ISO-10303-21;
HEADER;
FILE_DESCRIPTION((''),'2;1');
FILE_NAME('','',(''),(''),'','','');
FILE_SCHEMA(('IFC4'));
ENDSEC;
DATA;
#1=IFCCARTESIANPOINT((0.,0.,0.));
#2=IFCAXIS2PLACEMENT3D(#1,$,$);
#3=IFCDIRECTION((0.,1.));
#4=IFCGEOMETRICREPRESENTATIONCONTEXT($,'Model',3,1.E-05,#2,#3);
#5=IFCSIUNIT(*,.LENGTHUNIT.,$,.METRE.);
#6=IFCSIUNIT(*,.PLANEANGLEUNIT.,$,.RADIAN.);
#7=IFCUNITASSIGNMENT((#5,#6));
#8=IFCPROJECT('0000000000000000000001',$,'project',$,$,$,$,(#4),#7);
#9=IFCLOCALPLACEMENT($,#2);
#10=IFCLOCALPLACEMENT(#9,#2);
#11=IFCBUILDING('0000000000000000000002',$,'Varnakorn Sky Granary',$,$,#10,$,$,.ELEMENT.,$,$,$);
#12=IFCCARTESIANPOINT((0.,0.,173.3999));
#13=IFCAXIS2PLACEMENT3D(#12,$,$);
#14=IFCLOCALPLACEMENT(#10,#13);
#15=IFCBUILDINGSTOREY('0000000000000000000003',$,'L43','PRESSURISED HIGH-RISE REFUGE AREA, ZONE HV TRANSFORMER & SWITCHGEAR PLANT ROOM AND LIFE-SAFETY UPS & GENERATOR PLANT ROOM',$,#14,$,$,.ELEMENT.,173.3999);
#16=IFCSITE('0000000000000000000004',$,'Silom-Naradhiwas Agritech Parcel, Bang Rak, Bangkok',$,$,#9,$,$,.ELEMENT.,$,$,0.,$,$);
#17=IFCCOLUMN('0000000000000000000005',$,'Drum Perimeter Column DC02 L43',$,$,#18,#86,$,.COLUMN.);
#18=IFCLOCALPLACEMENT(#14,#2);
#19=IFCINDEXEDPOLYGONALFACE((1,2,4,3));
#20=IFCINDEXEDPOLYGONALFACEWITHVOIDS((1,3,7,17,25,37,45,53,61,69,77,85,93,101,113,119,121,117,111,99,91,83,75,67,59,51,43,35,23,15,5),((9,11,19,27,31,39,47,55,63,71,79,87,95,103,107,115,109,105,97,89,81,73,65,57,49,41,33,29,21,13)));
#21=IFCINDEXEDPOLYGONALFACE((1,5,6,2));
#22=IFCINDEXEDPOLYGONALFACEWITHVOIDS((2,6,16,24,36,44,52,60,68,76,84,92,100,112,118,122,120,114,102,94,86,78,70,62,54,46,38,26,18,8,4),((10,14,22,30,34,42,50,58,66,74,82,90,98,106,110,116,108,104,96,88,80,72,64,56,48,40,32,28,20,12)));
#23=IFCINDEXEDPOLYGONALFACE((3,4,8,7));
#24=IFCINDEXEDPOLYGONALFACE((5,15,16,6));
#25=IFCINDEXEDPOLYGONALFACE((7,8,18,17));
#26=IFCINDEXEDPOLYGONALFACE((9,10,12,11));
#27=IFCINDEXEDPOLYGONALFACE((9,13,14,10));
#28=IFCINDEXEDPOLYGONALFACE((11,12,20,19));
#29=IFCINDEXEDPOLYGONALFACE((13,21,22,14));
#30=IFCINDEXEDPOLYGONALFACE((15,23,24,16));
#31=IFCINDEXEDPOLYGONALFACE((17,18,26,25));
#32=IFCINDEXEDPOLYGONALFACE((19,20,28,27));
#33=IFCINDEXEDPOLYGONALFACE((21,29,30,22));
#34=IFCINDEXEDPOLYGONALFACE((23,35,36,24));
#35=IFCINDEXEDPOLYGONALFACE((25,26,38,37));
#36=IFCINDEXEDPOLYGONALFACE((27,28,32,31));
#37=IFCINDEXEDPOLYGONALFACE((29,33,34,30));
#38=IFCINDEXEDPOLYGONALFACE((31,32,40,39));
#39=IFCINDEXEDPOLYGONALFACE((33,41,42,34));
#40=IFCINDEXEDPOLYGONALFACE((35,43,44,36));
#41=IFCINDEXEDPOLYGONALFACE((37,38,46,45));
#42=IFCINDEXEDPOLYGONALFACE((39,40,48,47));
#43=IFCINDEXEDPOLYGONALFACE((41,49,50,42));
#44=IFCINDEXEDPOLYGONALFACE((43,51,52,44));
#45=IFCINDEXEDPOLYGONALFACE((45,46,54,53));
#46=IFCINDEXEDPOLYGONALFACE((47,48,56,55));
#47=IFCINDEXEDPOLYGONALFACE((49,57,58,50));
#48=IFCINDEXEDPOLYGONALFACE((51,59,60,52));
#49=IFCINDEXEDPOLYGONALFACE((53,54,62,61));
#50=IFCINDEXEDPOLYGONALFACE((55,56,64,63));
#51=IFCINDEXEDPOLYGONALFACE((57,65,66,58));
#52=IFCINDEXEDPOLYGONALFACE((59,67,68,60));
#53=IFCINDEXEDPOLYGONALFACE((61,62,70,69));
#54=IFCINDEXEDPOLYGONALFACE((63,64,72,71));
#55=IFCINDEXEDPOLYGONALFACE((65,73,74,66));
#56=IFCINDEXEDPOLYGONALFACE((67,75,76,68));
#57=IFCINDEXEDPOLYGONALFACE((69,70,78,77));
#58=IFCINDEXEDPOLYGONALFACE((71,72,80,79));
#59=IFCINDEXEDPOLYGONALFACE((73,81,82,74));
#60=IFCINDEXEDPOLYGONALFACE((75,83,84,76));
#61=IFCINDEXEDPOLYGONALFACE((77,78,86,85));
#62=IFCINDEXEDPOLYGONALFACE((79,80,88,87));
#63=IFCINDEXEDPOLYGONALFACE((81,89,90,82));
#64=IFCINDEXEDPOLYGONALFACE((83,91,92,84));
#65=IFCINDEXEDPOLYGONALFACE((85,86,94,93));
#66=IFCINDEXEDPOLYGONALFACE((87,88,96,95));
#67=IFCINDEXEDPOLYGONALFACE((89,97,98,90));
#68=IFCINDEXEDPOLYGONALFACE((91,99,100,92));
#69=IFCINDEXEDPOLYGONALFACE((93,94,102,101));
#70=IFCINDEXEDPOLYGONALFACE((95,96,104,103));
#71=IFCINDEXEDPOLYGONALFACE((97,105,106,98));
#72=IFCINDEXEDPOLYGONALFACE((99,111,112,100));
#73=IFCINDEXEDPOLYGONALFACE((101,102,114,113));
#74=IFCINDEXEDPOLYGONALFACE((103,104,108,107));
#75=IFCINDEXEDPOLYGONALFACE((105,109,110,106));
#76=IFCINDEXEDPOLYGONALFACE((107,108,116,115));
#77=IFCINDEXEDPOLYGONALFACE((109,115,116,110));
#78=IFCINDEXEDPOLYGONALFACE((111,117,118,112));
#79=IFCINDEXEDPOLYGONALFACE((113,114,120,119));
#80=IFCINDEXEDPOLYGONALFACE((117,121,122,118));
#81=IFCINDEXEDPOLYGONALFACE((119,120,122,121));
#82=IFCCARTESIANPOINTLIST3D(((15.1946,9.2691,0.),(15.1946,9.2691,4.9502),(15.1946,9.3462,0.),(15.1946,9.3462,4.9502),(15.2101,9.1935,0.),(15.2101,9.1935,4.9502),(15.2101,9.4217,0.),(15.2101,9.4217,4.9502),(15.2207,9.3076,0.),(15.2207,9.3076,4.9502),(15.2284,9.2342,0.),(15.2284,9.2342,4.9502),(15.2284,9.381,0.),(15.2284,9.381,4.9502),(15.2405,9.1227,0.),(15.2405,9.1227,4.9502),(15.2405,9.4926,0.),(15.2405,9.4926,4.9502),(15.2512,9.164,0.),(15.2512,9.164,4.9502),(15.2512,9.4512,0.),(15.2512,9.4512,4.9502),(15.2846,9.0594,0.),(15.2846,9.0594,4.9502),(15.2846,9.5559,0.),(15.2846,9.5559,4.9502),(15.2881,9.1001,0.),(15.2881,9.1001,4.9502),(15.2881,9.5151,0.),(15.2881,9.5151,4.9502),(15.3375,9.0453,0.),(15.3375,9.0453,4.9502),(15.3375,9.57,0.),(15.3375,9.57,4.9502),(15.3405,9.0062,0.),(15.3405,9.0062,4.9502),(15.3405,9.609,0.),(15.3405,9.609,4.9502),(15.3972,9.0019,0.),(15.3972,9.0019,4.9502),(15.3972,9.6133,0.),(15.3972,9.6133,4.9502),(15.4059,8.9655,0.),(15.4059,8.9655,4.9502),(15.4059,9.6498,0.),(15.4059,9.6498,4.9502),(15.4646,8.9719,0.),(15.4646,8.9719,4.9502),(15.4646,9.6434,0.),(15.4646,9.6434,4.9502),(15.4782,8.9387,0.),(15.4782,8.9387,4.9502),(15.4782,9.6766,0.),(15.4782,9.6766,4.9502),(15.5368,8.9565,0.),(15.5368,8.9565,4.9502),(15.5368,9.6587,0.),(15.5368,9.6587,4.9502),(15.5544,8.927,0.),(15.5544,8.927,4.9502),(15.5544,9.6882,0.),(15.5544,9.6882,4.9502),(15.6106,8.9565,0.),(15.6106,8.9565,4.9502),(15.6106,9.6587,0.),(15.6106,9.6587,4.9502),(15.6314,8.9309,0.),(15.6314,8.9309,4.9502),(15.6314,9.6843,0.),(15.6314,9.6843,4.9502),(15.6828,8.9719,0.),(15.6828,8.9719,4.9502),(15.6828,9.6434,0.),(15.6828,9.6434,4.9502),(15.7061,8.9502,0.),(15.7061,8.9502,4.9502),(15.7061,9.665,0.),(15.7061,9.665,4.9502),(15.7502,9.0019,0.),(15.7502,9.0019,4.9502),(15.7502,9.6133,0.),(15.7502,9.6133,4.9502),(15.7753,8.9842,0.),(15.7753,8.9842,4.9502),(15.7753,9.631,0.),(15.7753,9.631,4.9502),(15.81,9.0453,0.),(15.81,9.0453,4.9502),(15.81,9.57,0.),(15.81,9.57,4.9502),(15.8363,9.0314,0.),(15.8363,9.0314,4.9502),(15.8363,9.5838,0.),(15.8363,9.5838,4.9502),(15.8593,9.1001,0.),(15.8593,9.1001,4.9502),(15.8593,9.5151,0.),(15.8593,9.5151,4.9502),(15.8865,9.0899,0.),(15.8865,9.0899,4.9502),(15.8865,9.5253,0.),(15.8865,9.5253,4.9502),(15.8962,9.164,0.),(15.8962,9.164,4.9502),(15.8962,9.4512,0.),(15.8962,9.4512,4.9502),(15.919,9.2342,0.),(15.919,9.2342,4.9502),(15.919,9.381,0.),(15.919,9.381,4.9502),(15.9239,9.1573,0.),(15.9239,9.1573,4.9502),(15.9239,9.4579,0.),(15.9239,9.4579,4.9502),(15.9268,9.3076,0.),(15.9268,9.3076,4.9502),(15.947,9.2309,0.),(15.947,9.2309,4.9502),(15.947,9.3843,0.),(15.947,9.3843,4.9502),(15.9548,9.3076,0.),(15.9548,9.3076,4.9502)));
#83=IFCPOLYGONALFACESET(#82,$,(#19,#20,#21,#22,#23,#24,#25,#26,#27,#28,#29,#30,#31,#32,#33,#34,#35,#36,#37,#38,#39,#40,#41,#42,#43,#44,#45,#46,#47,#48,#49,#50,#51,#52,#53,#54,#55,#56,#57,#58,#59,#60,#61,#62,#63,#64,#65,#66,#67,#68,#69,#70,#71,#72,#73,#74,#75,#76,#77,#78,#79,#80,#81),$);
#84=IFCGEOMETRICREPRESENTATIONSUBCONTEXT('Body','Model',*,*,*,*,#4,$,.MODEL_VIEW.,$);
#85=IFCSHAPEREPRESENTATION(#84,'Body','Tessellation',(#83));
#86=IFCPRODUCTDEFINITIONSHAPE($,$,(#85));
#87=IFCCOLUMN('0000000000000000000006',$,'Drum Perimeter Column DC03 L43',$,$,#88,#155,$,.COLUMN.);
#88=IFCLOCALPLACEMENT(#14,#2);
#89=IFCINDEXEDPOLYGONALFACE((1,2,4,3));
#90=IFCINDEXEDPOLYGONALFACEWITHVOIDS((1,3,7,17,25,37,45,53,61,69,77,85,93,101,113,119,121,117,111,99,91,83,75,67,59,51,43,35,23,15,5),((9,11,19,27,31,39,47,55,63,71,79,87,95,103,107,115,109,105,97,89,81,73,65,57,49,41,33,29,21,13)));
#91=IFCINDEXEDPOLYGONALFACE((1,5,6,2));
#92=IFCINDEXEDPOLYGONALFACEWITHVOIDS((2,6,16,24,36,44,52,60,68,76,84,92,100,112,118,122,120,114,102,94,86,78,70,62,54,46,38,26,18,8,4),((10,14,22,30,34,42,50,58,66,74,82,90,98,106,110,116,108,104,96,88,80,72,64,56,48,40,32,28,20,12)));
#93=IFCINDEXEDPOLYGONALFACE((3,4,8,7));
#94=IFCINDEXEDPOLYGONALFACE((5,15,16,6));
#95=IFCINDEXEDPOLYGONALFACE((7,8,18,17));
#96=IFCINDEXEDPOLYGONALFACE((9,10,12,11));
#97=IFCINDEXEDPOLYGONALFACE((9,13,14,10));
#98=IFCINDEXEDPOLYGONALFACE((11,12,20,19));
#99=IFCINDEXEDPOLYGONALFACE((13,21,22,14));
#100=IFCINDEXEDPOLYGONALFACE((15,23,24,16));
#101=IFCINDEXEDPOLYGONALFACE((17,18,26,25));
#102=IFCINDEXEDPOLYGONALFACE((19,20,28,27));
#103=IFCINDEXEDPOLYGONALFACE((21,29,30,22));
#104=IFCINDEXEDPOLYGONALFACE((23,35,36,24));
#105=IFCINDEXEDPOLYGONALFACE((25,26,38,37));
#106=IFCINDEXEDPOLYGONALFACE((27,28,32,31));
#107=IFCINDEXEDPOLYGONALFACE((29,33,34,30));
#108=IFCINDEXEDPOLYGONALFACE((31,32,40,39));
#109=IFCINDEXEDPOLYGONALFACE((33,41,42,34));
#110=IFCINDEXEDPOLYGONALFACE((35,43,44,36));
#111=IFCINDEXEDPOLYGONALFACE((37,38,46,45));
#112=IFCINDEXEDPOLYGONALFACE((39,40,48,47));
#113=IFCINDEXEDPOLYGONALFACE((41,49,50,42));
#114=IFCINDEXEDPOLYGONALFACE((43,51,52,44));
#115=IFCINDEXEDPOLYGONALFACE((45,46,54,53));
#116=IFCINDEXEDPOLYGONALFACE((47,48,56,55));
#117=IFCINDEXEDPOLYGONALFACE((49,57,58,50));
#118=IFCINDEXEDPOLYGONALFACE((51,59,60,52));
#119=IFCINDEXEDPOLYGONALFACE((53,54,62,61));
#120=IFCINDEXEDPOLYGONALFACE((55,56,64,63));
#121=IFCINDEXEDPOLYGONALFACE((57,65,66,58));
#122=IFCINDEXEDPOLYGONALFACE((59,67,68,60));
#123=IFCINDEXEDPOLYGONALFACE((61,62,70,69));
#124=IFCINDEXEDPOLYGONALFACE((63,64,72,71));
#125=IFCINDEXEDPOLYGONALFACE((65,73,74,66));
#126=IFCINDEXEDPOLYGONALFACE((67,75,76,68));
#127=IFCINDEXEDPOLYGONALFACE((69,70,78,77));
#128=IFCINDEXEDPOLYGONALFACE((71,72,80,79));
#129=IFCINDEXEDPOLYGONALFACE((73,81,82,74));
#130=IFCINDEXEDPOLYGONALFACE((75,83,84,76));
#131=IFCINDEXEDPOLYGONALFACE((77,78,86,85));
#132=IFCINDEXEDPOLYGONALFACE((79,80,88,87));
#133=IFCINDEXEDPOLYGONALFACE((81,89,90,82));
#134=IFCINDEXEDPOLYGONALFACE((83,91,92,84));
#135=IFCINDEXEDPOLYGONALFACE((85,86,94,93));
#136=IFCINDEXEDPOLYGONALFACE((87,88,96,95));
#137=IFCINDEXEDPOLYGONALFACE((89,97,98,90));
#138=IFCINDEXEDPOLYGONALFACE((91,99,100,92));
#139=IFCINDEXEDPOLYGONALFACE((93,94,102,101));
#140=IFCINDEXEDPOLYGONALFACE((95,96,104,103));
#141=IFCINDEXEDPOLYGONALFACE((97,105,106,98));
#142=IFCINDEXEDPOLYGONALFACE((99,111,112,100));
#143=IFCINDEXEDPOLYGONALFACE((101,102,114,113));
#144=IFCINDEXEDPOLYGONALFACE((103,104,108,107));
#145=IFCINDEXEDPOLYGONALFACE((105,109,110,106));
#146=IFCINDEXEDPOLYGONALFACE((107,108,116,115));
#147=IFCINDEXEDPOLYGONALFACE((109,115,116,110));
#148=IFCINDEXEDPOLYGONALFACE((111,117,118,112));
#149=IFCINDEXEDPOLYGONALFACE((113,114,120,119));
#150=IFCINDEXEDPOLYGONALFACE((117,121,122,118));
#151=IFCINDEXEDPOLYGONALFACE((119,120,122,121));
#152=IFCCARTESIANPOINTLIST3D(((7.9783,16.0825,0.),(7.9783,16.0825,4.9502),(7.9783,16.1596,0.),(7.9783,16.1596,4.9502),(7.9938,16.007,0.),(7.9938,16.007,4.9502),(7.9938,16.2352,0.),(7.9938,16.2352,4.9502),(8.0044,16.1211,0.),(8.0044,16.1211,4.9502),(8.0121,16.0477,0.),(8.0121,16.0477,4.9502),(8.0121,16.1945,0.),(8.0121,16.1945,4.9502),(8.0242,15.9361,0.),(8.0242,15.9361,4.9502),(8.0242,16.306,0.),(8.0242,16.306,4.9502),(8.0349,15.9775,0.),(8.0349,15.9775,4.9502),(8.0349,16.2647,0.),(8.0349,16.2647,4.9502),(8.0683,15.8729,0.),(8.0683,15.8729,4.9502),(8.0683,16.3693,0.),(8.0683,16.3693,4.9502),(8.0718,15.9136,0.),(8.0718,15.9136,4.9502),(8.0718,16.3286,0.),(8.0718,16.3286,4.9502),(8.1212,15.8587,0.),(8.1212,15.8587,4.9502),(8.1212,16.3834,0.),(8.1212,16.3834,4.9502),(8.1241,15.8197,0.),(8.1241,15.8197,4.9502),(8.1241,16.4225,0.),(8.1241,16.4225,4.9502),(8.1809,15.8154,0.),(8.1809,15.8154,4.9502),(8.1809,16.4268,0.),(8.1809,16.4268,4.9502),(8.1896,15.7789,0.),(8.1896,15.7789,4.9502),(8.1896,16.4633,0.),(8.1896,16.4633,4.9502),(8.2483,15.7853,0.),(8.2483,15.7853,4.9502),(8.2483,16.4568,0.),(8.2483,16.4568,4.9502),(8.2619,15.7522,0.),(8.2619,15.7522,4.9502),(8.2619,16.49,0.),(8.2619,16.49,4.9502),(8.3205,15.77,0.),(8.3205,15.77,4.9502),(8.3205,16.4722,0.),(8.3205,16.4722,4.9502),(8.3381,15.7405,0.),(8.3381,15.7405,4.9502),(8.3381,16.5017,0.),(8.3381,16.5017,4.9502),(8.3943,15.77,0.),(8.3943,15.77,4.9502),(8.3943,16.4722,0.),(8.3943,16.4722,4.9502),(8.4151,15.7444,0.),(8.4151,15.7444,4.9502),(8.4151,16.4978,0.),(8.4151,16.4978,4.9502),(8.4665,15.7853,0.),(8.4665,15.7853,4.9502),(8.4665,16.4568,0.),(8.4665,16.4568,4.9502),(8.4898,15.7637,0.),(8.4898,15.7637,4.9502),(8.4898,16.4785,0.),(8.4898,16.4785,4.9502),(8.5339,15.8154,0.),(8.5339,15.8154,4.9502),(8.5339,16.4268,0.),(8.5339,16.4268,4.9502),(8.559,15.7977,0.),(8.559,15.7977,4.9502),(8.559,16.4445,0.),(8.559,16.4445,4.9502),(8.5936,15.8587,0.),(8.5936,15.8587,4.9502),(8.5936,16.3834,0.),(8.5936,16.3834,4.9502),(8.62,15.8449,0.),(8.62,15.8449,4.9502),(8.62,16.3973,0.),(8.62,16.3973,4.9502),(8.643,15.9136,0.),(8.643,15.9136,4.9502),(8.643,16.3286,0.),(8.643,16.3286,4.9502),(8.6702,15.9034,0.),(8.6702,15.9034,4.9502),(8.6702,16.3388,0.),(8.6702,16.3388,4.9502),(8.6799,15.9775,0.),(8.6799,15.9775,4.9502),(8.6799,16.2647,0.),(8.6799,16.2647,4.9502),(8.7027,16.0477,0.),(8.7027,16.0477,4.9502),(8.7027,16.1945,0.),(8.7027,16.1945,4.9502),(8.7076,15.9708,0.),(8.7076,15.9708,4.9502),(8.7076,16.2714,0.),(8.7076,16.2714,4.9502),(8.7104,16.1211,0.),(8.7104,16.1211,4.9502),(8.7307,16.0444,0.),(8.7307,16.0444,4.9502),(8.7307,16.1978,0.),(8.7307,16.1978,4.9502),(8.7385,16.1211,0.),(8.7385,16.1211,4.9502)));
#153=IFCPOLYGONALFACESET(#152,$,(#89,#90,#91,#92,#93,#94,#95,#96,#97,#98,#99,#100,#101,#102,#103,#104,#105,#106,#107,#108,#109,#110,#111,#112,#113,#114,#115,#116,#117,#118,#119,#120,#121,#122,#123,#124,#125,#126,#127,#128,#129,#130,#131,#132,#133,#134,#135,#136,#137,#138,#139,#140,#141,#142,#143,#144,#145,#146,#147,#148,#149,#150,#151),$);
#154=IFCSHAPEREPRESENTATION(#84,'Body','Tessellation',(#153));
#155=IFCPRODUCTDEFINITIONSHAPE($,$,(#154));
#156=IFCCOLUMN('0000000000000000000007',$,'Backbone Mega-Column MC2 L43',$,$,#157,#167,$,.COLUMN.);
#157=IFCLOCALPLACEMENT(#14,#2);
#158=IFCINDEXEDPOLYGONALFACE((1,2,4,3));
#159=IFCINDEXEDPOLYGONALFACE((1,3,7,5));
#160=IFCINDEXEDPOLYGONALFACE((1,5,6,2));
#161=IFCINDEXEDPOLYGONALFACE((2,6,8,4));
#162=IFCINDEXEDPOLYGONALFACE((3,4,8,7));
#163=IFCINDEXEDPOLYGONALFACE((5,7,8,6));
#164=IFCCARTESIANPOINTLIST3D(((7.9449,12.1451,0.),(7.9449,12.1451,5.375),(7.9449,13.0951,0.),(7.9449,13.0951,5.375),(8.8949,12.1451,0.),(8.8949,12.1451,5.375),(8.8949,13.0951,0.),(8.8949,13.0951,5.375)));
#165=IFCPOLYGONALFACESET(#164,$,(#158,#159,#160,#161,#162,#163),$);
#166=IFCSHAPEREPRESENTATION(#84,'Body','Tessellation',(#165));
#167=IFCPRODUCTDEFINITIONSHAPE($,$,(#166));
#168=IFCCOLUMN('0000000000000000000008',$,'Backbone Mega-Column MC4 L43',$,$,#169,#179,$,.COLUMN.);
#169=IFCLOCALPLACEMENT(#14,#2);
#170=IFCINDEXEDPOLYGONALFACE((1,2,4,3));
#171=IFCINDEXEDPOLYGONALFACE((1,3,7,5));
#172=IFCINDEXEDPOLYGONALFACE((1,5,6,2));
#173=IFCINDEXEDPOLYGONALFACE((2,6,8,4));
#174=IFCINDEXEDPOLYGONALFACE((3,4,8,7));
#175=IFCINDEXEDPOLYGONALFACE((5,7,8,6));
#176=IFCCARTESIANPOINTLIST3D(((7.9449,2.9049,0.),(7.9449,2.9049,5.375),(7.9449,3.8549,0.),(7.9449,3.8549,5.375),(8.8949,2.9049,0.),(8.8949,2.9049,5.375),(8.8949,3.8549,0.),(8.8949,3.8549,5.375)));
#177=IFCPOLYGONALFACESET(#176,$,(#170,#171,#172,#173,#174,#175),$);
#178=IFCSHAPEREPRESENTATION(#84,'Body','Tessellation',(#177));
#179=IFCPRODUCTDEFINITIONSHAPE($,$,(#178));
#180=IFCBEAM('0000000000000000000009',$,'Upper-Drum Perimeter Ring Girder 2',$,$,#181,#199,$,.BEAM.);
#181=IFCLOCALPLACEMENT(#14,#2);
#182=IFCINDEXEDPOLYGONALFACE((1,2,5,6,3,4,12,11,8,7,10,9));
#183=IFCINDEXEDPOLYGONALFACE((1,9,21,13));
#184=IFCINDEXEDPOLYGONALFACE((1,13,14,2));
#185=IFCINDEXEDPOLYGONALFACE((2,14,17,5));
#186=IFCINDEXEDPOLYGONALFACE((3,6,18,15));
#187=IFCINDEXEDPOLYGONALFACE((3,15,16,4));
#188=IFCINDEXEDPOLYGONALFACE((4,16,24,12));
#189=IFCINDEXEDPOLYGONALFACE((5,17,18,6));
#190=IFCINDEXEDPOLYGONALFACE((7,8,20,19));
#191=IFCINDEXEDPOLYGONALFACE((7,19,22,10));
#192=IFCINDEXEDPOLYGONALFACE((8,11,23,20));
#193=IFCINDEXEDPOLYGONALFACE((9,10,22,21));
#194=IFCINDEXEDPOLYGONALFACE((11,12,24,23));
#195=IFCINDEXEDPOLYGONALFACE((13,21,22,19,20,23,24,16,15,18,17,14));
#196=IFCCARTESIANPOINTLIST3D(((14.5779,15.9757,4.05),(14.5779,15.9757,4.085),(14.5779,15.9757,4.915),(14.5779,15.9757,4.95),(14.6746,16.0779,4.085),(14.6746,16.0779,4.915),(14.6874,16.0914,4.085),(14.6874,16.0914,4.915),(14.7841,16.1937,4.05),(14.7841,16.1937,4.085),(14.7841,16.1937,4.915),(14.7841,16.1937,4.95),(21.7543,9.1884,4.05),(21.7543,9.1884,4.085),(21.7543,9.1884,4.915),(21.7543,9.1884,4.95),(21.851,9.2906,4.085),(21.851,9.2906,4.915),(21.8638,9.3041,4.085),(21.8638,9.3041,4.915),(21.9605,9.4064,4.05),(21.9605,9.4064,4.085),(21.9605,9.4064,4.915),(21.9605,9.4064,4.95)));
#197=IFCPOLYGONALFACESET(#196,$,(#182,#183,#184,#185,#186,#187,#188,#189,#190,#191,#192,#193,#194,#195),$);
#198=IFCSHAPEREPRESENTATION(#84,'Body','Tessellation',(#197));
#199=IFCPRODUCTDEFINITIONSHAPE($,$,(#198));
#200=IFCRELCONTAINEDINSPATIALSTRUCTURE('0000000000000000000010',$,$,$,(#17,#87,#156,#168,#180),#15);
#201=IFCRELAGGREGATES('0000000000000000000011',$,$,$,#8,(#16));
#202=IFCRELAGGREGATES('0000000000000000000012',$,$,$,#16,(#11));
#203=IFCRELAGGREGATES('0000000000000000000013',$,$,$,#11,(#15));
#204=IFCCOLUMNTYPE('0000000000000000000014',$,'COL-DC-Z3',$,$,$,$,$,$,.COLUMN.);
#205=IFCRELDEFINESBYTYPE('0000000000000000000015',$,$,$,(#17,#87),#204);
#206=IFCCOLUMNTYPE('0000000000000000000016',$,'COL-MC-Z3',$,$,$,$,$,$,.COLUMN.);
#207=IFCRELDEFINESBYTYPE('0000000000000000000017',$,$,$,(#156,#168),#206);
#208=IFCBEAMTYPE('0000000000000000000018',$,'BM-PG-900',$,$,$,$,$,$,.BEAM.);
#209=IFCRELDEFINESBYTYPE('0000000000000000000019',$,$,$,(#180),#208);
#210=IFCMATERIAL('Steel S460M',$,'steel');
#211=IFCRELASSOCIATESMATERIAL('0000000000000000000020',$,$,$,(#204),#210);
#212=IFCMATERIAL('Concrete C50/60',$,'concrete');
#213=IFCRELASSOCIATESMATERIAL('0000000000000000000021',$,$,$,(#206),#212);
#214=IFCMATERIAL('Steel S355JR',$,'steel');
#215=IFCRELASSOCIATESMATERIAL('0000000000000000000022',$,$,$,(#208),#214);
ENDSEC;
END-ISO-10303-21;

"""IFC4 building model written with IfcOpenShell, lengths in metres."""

from ifc_helpers import new_model, si_unit, direction, frame, origin, origin_2d, place, context, subcontext, project, spatial, rectangle, hollow_circle, i_section, extrude, material, material_profile, profile_set, type_object, element, save


model = new_model("IFC4")

# Units and contexts
model_context = context("Model", 3, precision=1e-05, world=origin(), true_north=direction((0.0, 1.0)))
body_context = subcontext(model_context, "Body", "Model", "MODEL_VIEW")
ifc_project = project(units=[si_unit("LENGTHUNIT", "METRE"), si_unit("PLANEANGLEUNIT", "RADIAN")], contexts=[model_context])

# Site, building, storey
site_placement = place(None, origin())
site = spatial("IfcSite", under=ifc_project, at=site_placement, Name="Silom-Naradhiwas Agritech Parcel, Bang Rak, Bangkok", CompositionType="ELEMENT", RefElevation=0.0)
building_placement = place(site_placement, origin())
building = spatial("IfcBuilding", under=site, at=building_placement, Name="Varnakorn Sky Granary", CompositionType="ELEMENT")
storey_placement = place(building_placement, frame((0.0, 0.0, 173.3999)))
storey = spatial("IfcBuildingStorey", under=building, at=storey_placement, Name="L43", Description="PRESSURISED HIGH-RISE REFUGE AREA, ZONE HV TRANSFORMER & SWITCHGEAR PLANT ROOM AND LIFE-SAFETY UPS & GENERATOR PLANT ROOM", CompositionType="ELEMENT", Elevation=173.3999)

# Columns
ifc_material_1 = material(Name="Steel S460M", Category="steel")
ifc_material_profile_1 = material_profile(ifc_material_1, hollow_circle(Radius=0.3811, WallThickness=0.0281, at=origin_2d()), Name="CHS 762x28")
ifc_profile_set_1 = profile_set([ifc_material_profile_1], Name="Steel S460M")
column_type_1 = type_object("IfcColumnType", Name="COL-DC-Z3", PredefinedType="COLUMN", material=ifc_profile_set_1)
for number, where, z_axis, x_axis, name in (
    (1, (15.5737, 9.3076, 0.0), (0.0, 0.0, 1.0), (1.0, 0.0, 0.0), "Drum Perimeter Column DC02 L43"),
    (2, (8.3574, 16.1211, 0.0), (0.0, 0.0, 1.0), (1.0, 0.0, 0.0), "Drum Perimeter Column DC03 L43"),
):
    element("IfcColumn", number, at=place(storey_placement, frame(where, z_axis=z_axis, x_axis=x_axis)), inside=storey, type_object=column_type_1, Name=name, PredefinedType="COLUMN", context=body_context, shape_type="SweptSolid", body=[
        extrude(hollow_circle(Radius=0.3811, WallThickness=0.0281, at=origin_2d()), origin(), (0.0, 0.0, 1.0), 4.9502),
    ])
ifc_material_2 = material(Name="Concrete C50/60", Category="concrete")
ifc_material_profile_2 = material_profile(ifc_material_2, rectangle(XDim=0.95, YDim=0.95, at=origin_2d()), Name="RC 950x950")
ifc_profile_set_2 = profile_set([ifc_material_profile_2], Name="Concrete C50/60")
column_type_2 = type_object("IfcColumnType", Name="COL-MC-Z3", PredefinedType="COLUMN", material=ifc_profile_set_2)
for number, where, z_axis, x_axis, name in (
    (3, (8.4199, 12.6201, 0.0), (0.0, 0.0, 1.0), (1.0, 0.0, 0.0), "Backbone Mega-Column MC2 L43"),
    (4, (8.4199, 3.3799, 0.0), (0.0, 0.0, 1.0), (1.0, 0.0, 0.0), "Backbone Mega-Column MC4 L43"),
):
    element("IfcColumn", number, at=place(storey_placement, frame(where, z_axis=z_axis, x_axis=x_axis)), inside=storey, type_object=column_type_2, Name=name, PredefinedType="COLUMN", context=body_context, shape_type="SweptSolid", body=[
        extrude(rectangle(XDim=0.95, YDim=0.95, at=origin_2d()), origin(), (0.0, 0.0, 1.0), 5.375),
    ])

# Beam
ifc_material_3 = material(Name="Steel S355JR", Category="steel")
ifc_material_profile_3 = material_profile(ifc_material_3, i_section(OverallWidth=0.3, OverallDepth=0.8999, WebThickness=0.0186, FlangeThickness=0.0349, at=origin_2d()), Name="HE 900 B")
ifc_profile_set_3 = profile_set([ifc_material_profile_3], Name="Steel S355JR")
beam_type_1 = type_object("IfcBeamType", Name="BM-PG-900", PredefinedType="BEAM", material=ifc_profile_set_3)
beam_1_placement = place(storey_placement, frame((21.8574, 9.2974, 4.5), z_axis=(-0.726531, 0.687134, 0.0), x_axis=(-0.687134, -0.726531, 0.0)))
element("IfcBeam", 5, at=beam_1_placement, inside=storey, type_object=beam_type_1, Name="Upper-Drum Perimeter Ring Girder 2", PredefinedType="BEAM", context=body_context, shape_type="SweptSolid", body=[
    extrude(i_section(OverallWidth=0.3, OverallDepth=0.8999, WebThickness=0.0186, FlangeThickness=0.0349, at=origin_2d()), origin(), (0.0, 0.0, 1.0), 9.8777),
])

save(model, "model.ifc")
